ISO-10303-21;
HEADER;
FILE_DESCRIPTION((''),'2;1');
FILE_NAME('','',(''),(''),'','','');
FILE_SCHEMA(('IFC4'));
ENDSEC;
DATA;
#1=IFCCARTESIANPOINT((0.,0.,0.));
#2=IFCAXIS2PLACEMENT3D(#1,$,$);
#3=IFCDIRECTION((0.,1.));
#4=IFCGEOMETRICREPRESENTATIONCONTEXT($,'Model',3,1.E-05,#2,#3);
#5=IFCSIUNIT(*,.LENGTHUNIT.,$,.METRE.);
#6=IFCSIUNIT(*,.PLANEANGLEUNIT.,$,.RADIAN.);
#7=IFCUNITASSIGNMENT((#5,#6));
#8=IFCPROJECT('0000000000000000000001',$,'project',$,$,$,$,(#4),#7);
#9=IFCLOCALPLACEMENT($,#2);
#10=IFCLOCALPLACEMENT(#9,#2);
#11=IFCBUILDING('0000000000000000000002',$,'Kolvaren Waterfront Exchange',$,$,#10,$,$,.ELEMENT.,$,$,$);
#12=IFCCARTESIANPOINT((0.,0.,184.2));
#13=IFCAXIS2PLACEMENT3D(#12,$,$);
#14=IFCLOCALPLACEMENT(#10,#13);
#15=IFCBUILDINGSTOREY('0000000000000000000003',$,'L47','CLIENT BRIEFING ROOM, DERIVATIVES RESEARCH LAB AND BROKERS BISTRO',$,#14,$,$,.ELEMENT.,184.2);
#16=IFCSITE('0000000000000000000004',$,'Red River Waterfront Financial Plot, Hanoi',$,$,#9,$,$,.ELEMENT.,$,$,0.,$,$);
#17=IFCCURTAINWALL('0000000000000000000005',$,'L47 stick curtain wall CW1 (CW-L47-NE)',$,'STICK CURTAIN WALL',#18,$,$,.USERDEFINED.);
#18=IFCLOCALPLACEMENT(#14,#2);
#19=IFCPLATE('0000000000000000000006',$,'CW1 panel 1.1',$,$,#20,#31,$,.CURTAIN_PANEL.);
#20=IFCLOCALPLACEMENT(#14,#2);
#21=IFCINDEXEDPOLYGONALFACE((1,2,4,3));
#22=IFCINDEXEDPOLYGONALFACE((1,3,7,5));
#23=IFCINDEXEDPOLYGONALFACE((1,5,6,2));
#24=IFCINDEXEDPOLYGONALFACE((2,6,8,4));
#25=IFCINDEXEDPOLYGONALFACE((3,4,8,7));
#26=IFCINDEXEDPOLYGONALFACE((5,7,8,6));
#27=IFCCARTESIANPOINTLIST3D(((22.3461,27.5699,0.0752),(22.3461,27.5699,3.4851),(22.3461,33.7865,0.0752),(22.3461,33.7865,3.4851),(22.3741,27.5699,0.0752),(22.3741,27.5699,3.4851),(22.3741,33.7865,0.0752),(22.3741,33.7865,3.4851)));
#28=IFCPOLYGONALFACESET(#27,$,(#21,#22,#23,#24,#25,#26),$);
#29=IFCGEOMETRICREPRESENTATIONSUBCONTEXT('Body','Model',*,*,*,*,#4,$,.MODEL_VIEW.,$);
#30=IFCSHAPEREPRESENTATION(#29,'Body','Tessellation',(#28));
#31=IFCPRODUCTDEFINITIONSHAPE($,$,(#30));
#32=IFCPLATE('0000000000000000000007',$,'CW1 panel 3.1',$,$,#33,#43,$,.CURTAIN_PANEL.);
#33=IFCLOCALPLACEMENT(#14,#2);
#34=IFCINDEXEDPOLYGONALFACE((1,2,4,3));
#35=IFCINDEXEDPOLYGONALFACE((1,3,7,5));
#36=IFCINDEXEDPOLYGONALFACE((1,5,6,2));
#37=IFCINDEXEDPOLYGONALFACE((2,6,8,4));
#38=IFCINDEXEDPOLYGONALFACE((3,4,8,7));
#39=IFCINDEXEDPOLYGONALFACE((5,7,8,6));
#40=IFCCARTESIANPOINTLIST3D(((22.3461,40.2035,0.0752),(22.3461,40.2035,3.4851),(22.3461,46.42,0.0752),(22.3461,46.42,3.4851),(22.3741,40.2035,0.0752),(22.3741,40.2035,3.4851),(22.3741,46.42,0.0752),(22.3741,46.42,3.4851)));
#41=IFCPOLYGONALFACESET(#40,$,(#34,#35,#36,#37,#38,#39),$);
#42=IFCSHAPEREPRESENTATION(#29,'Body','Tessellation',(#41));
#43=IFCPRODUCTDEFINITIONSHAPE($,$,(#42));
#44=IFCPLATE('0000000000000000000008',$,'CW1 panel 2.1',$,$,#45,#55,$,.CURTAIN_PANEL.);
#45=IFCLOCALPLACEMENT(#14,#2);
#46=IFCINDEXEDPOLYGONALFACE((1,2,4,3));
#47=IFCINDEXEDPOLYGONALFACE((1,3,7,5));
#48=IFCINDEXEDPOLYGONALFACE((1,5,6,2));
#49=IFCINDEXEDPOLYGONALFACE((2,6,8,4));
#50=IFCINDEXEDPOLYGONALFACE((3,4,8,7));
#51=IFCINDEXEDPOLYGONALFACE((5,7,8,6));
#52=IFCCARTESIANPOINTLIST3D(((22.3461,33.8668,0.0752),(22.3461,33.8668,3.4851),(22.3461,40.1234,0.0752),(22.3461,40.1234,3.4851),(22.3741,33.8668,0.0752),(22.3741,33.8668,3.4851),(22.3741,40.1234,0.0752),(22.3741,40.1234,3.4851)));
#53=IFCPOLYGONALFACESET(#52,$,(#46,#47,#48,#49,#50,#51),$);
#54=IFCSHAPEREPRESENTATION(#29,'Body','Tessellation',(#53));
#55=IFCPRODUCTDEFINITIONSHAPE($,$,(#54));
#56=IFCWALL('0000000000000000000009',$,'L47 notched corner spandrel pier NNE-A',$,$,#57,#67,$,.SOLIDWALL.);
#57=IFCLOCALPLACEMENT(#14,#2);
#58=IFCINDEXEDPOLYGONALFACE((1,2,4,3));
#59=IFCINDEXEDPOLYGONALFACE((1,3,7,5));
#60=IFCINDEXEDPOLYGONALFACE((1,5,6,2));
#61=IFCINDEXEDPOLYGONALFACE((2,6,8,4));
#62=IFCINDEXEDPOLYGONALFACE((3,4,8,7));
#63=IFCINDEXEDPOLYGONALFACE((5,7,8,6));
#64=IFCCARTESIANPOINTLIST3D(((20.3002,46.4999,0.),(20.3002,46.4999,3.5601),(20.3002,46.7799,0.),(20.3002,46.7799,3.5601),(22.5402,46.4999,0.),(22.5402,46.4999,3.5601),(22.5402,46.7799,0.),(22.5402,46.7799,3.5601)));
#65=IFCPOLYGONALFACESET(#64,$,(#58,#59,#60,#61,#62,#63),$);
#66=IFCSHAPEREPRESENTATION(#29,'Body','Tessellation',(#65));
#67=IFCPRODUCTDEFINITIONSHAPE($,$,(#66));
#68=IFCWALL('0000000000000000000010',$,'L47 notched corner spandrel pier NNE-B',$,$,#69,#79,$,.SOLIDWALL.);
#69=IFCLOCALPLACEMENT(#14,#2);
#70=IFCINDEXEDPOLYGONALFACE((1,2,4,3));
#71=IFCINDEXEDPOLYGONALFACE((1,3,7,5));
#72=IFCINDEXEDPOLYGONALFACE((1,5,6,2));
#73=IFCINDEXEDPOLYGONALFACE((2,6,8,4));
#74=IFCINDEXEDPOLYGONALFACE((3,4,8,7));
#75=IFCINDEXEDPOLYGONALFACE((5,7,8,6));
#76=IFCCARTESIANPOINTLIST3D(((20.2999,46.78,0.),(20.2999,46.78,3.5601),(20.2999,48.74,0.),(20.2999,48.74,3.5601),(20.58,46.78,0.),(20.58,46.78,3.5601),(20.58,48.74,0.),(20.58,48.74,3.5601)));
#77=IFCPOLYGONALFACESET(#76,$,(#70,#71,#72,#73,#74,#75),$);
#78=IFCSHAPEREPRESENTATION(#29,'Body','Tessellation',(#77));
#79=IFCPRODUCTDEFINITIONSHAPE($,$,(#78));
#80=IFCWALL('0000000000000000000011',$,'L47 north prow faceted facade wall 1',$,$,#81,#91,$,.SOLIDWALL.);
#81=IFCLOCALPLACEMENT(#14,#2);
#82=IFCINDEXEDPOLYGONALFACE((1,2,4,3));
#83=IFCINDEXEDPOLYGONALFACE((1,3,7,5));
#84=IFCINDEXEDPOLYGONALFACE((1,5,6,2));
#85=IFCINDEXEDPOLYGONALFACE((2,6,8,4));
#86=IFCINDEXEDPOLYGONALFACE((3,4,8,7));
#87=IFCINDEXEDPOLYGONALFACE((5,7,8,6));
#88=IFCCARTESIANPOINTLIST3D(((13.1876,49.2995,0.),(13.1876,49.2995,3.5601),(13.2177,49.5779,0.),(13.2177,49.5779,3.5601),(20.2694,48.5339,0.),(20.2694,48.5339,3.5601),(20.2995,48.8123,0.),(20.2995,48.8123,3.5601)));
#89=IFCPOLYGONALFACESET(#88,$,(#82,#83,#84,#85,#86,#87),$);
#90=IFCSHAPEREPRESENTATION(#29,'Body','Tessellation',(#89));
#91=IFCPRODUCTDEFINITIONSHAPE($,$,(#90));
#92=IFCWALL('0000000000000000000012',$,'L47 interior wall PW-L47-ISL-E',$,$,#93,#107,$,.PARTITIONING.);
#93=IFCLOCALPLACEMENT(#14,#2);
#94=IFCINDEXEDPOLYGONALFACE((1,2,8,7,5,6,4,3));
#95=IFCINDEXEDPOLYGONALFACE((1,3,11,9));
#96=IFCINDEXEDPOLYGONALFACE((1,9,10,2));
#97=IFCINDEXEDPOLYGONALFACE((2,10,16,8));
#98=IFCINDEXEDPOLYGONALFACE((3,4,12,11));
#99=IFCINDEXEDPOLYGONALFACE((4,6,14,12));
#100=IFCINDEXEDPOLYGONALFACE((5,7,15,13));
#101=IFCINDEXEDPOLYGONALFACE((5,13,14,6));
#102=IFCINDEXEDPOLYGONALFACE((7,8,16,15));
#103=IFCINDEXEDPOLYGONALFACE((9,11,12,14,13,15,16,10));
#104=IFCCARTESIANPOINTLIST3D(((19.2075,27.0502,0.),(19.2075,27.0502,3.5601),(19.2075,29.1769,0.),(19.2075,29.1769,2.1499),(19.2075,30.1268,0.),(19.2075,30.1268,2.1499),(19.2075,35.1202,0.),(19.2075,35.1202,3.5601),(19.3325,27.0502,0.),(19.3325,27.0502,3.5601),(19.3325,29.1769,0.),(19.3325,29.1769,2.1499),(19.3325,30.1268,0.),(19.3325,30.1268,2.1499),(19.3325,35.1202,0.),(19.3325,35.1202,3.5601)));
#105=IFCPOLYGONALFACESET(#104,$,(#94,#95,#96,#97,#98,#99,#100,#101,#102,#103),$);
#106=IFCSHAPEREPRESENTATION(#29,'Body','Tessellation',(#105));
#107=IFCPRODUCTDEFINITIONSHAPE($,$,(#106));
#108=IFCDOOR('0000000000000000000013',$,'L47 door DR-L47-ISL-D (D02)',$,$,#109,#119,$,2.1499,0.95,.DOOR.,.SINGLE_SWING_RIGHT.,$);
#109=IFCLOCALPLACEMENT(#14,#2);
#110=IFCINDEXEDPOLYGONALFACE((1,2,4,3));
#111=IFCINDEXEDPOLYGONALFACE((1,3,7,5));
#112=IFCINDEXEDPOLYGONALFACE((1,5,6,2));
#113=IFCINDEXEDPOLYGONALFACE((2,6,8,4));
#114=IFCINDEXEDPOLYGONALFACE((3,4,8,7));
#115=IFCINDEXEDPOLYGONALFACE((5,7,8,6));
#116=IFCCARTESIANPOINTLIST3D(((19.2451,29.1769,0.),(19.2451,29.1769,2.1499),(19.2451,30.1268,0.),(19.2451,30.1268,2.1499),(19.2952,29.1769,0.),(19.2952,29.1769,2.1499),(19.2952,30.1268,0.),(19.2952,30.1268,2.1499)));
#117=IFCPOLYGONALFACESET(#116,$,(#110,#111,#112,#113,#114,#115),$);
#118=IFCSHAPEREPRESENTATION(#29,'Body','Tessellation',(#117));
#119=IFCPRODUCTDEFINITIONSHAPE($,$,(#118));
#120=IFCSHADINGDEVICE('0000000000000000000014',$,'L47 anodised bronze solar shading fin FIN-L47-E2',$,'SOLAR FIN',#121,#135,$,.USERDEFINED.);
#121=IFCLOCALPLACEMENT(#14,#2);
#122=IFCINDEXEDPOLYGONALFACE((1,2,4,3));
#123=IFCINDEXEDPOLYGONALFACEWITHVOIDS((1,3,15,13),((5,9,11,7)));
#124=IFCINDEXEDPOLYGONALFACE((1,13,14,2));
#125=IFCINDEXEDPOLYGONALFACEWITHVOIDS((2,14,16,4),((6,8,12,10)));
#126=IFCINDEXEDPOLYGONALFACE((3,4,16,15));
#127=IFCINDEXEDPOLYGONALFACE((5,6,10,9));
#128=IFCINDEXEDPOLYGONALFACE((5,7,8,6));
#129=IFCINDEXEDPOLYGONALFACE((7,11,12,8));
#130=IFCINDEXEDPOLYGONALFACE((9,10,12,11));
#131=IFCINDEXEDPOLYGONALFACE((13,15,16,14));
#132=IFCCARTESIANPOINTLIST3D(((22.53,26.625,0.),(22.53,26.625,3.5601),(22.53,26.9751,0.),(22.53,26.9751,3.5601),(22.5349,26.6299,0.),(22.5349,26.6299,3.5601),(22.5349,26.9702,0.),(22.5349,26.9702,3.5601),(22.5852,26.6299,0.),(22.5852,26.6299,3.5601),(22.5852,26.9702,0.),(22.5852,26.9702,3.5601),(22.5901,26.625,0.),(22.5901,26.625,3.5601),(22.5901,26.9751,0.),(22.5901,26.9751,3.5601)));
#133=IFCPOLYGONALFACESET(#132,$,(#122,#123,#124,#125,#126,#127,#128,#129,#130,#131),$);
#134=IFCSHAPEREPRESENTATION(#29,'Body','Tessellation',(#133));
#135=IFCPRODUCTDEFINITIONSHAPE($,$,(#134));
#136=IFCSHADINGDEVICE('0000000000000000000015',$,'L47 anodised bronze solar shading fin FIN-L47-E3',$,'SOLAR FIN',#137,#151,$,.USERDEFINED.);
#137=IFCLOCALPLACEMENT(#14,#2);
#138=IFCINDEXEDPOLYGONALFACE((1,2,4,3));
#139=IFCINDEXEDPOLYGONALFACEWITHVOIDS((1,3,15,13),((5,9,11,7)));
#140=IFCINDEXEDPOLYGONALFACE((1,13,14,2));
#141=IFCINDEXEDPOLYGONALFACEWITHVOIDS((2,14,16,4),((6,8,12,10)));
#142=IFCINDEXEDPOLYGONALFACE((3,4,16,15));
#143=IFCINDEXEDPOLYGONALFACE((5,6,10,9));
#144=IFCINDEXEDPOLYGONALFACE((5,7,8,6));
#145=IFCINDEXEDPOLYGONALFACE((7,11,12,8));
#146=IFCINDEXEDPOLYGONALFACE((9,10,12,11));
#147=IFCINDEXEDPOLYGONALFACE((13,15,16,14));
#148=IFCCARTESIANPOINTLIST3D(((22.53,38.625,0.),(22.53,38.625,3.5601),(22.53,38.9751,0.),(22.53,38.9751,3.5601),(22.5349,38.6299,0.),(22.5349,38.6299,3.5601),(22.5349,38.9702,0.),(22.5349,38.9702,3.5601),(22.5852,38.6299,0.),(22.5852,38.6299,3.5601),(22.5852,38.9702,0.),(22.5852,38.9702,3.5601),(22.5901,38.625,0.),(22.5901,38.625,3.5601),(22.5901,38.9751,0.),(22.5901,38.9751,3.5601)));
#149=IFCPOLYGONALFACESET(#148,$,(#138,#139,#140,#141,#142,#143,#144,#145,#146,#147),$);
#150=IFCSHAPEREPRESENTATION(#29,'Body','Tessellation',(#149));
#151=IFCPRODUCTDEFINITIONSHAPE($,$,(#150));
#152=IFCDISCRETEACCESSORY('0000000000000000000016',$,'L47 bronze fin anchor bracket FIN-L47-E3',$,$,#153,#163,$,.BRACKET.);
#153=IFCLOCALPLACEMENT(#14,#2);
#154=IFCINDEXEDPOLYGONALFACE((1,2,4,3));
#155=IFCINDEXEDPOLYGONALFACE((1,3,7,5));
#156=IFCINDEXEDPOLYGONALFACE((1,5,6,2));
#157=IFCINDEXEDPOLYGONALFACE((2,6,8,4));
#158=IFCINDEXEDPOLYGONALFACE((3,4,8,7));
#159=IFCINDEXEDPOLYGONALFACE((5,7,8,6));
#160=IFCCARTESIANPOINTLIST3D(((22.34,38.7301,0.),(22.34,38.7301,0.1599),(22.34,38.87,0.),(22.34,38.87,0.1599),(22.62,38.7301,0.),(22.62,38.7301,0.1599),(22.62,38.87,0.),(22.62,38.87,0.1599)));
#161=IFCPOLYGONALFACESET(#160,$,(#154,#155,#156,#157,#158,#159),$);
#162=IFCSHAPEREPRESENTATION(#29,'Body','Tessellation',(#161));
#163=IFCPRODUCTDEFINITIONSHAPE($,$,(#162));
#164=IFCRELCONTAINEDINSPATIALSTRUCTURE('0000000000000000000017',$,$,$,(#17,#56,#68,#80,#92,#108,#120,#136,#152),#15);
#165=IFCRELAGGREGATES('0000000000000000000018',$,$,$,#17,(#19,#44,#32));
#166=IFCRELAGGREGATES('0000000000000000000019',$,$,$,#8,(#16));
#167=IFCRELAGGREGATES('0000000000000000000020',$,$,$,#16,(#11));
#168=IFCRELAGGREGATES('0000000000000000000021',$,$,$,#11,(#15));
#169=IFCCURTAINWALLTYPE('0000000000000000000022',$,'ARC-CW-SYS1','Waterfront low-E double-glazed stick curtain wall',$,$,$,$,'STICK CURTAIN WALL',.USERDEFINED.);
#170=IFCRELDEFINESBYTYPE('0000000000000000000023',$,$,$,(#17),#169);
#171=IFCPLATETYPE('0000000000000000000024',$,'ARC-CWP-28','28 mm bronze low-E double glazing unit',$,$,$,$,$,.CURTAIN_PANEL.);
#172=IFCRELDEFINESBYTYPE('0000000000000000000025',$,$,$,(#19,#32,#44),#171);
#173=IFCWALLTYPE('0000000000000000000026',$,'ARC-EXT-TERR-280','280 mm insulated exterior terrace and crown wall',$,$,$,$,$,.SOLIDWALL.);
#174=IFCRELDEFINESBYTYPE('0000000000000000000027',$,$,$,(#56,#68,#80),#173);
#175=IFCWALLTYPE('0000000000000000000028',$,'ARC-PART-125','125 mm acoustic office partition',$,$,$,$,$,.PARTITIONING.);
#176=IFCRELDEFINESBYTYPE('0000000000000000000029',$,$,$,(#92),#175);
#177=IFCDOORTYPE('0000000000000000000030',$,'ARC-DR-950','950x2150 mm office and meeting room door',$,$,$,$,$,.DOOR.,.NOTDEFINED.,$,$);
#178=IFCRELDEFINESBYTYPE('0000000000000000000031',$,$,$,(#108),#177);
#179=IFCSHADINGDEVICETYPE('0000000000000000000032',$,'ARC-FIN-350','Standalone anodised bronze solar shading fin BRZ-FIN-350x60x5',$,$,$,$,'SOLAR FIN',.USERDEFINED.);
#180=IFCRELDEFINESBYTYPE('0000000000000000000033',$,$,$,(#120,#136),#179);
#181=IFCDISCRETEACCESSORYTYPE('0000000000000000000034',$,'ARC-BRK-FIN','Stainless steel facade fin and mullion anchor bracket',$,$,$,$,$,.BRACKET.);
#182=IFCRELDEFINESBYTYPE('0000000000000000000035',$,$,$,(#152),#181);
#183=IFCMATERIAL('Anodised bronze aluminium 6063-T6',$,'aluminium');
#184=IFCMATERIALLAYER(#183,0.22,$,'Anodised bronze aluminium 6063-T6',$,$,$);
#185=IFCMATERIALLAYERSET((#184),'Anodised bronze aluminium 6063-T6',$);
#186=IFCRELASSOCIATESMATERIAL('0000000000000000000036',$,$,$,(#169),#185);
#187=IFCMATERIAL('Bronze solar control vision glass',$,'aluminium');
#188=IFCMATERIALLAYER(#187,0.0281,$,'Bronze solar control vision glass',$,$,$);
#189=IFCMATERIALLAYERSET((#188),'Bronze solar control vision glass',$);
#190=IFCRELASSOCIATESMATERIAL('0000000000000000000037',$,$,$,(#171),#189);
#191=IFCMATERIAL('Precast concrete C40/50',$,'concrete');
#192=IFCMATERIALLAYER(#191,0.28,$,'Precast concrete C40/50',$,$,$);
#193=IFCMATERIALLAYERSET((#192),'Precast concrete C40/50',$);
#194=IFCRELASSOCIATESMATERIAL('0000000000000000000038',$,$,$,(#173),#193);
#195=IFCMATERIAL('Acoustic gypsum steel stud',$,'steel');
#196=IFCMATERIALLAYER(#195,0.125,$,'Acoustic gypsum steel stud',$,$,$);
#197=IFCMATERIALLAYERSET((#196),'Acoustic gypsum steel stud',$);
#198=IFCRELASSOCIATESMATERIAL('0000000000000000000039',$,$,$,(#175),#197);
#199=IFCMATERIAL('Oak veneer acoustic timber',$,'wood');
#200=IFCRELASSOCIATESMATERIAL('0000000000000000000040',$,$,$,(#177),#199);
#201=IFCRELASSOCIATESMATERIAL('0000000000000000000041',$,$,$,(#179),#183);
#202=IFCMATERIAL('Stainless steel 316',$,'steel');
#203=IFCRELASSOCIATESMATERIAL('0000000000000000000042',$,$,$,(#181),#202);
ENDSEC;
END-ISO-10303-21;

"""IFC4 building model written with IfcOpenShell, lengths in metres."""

from ifc_helpers import new_model, si_unit, direction, frame, frame_2d, origin, origin_with_axes, origin_2d, place, context, subcontext, project, spatial, rectangle, hollow_rectangle, extrude, source, transform, mapped, material, layer, layer_set, material_profile, profile_set, type_object, element, fill, aggregate, save


model = new_model("IFC4")

# Units and contexts
model_context = context("Model", 3, precision=1e-05, world=origin(), true_north=direction((0.0, 1.0)))
body_context = subcontext(model_context, "Body", "Model", "MODEL_VIEW")
ifc_project = project(units=[si_unit("LENGTHUNIT", "METRE"), si_unit("PLANEANGLEUNIT", "RADIAN")], contexts=[model_context])

# Site, building, storey
site_placement = place(None, origin())
site = spatial("IfcSite", under=ifc_project, at=site_placement, Name="Red River Waterfront Financial Plot, Hanoi", CompositionType="ELEMENT", RefElevation=0.0)
building_placement = place(site_placement, origin())
building = spatial("IfcBuilding", under=site, at=building_placement, Name="Kolvaren Waterfront Exchange", CompositionType="ELEMENT")
storey_placement = place(building_placement, frame((0.0, 0.0, 184.2)))
storey = spatial("IfcBuildingStorey", under=building, at=storey_placement, Name="L47", Description="CLIENT BRIEFING ROOM, DERIVATIVES RESEARCH LAB AND BROKERS BISTRO", CompositionType="ELEMENT", Elevation=184.2)

# Curtain wall, plates
ifc_material_1 = material(Name="Anodised bronze aluminium 6063-T6", Category="aluminium")
ifc_layer_1 = layer(ifc_material_1, 0.22, Name="Anodised bronze aluminium 6063-T6")
ifc_layer_set_1 = layer_set([ifc_layer_1], Name="Anodised bronze aluminium 6063-T6")
curtain_wall_type = type_object("IfcCurtainWallType", Name="ARC-CW-SYS1", Description="Waterfront low-E double-glazed stick curtain wall", ElementType="STICK CURTAIN WALL", PredefinedType="USERDEFINED", material=ifc_layer_set_1)
curtain_wall_placement = place(storey_placement, origin())
curtain_wall = element("IfcCurtainWall", 1, at=curtain_wall_placement, inside=storey, type_object=curtain_wall_type, Name="L47 stick curtain wall CW1 (CW-L47-NE)", ObjectType="STICK CURTAIN WALL", PredefinedType="USERDEFINED")
ifc_material_2 = material(Name="Bronze solar control vision glass", Category="aluminium")
ifc_layer_2 = layer(ifc_material_2, 0.0281, Name="Bronze solar control vision glass")
ifc_layer_set_2 = layer_set([ifc_layer_2], Name="Bronze solar control vision glass")
plate_type = type_object("IfcPlateType", Name="ARC-CWP-28", Description="28 mm bronze low-E double glazing unit", PredefinedType="CURTAIN_PANEL", material=ifc_layer_set_2)
shared_shape_1 = source(origin_with_axes(), body_context, "Body", "SweptSolid", [
    extrude(rectangle(XDim=6.2166, YDim=0.0281, at=origin_2d()), origin(), (0.0, 0.0, 1.0), 3.4099),
])
plate_1_placement = place(storey_placement, frame((22.3601, 30.6782, 0.0752), z_axis=(0.0, 0.0, 1.0), x_axis=(0.0, 1.0, 0.0)))
plate_1 = element("IfcPlate", 2, at=plate_1_placement, type_object=plate_type, Name="CW1 panel 1.1", PredefinedType="CURTAIN_PANEL", context=body_context, shape_type="MappedRepresentation", body=[
    mapped(shared_shape_1, transform((0.0, 0.0, 0.0), x_axis=(1.0, 0.0, 0.0), y_axis=(0.0, 1.0, 0.0), z_axis=(0.0, 0.0, 1.0), scale=1.0)),
])
plate_2_placement = place(storey_placement, frame((22.3601, 43.3118, 0.0752), z_axis=(0.0, 0.0, 1.0), x_axis=(0.0, 1.0, 0.0)))
plate_2 = element("IfcPlate", 3, at=plate_2_placement, type_object=plate_type, Name="CW1 panel 3.1", PredefinedType="CURTAIN_PANEL", context=body_context, shape_type="MappedRepresentation", body=[
    mapped(shared_shape_1, transform((0.0, 0.0, 0.0), x_axis=(1.0, 0.0, 0.0), y_axis=(0.0, 1.0, 0.0), z_axis=(0.0, 0.0, 1.0), scale=1.0)),
])
shared_shape_2 = source(origin_with_axes(), body_context, "Body", "SweptSolid", [
    extrude(rectangle(XDim=6.2566, YDim=0.0281, at=origin_2d()), origin(), (0.0, 0.0, 1.0), 3.4099),
])
plate_3_placement = place(storey_placement, frame((22.3601, 36.9951, 0.0752), z_axis=(0.0, 0.0, 1.0), x_axis=(0.0, 1.0, 0.0)))
plate_3 = element("IfcPlate", 4, at=plate_3_placement, type_object=plate_type, Name="CW1 panel 2.1", PredefinedType="CURTAIN_PANEL", context=body_context, shape_type="MappedRepresentation", body=[
    mapped(shared_shape_2, transform((0.0, 0.0, 0.0), x_axis=(1.0, 0.0, 0.0), y_axis=(0.0, 1.0, 0.0), z_axis=(0.0, 0.0, 1.0), scale=1.0)),
])
aggregate(curtain_wall, [plate_1, plate_3, plate_2])

# Walls
ifc_material_3 = material(Name="Precast concrete C40/50", Category="concrete")
ifc_layer_3 = layer(ifc_material_3, 0.28, Name="Precast concrete C40/50")
ifc_layer_set_3 = layer_set([ifc_layer_3], Name="Precast concrete C40/50")
wall_type_1 = type_object("IfcWallType", Name="ARC-EXT-TERR-280", Description="280 mm insulated exterior terrace and crown wall", PredefinedType="SOLIDWALL", material=ifc_layer_set_3)
wall_1_placement = place(storey_placement, frame((20.3, 46.6399, 0.0), z_axis=(0.0, 0.0, 1.0), x_axis=(1.0, 0.0, 0.0)))
element("IfcWall", 5, at=wall_1_placement, inside=storey, type_object=wall_type_1, Name="L47 notched corner spandrel pier NNE-A", PredefinedType="SOLIDWALL", context=body_context, shape_type="SweptSolid", body=[
    extrude(rectangle(XDim=2.24, YDim=0.28, at=frame_2d((1.1201, 0.0))), origin(), (0.0, 0.0, 1.0), 3.5601),
])
wall_2_placement = place(storey_placement, frame((20.4399, 46.78, 0.0), z_axis=(0.0, 0.0, 1.0), x_axis=(0.0, 1.0, 0.0)))
element("IfcWall", 6, at=wall_2_placement, inside=storey, type_object=wall_type_1, Name="L47 notched corner spandrel pier NNE-B", PredefinedType="SOLIDWALL", context=body_context, shape_type="SweptSolid", body=[
    extrude(rectangle(XDim=1.96, YDim=0.28, at=frame_2d((0.98, 0.0))), origin(), (0.0, 0.0, 1.0), 3.5601),
])
wall_3_placement = place(storey_placement, frame((20.2844, 48.6731, 0.0), z_axis=(0.0, 0.0, 1.0), x_axis=(-0.994207, 0.107486, 0.0)))
element("IfcWall", 7, at=wall_3_placement, inside=storey, type_object=wall_type_1, Name="L47 north prow faceted facade wall 1", PredefinedType="SOLIDWALL", context=body_context, shape_type="SweptSolid", body=[
    extrude(rectangle(XDim=7.123, YDim=0.28, at=frame_2d((3.5615, 0.0))), origin(), (0.0, 0.0, 1.0), 3.5601),
])

# Wall, opening, door
ifc_material_4 = material(Name="Acoustic gypsum steel stud", Category="steel")
ifc_layer_4 = layer(ifc_material_4, 0.125, Name="Acoustic gypsum steel stud")
ifc_layer_set_4 = layer_set([ifc_layer_4], Name="Acoustic gypsum steel stud")
wall_type_2 = type_object("IfcWallType", Name="ARC-PART-125", Description="125 mm acoustic office partition", PredefinedType="PARTITIONING", material=ifc_layer_set_4)
wall_4_placement = place(storey_placement, frame((19.27, 27.05, 0.0), z_axis=(0.0, 0.0, 1.0), x_axis=(0.0, 1.0, 0.0)))
wall_4 = element("IfcWall", 8, at=wall_4_placement, inside=storey, type_object=wall_type_2, Name="L47 interior wall PW-L47-ISL-E", PredefinedType="PARTITIONING", context=body_context, shape_type="SweptSolid", body=[
    extrude(rectangle(XDim=8.0701, YDim=0.125, at=frame_2d((4.0352, 0.0))), origin(), (0.0, 0.0, 1.0), 3.5601),
])
opening_placement = place(wall_4_placement, frame((2.1267, 0.0, 0.0)))
opening = element("IfcOpeningElement", 9, at=opening_placement, cuts=wall_4, PredefinedType="OPENING", context=body_context, shape_type="SweptSolid", body=[
    extrude(rectangle(XDim=0.95, YDim=2.1499, at=frame_2d((0.4751, 1.075))), frame((0.0, 0.0725, 0.0), z_axis=(0.0, -1.0, 0.0), x_axis=(1.0, 0.0, 0.0)), (0.0, 0.0, 1.0), 0.145),
])
ifc_material_5 = material(Name="Oak veneer acoustic timber", Category="wood")
door_type = type_object("IfcDoorType", Name="ARC-DR-950", Description="950x2150 mm office and meeting room door", OperationType="NOTDEFINED", PredefinedType="DOOR", material=ifc_material_5)
door_placement = place(opening_placement, origin())
door = element("IfcDoor", 10, at=door_placement, inside=storey, type_object=door_type, Name="L47 door DR-L47-ISL-D (D02)", OperationType="SINGLE_SWING_RIGHT", OverallHeight=2.1499, OverallWidth=0.95, PredefinedType="DOOR", context=body_context, shape_type="SweptSolid", body=[
    extrude(rectangle(XDim=0.95, YDim=2.1499, at=frame_2d((0.4751, 1.075))), frame((0.0, 0.0249, 0.0), z_axis=(0.0, -1.0, 0.0), x_axis=(1.0, 0.0, 0.0)), (0.0, 0.0, 1.0), 0.05),
])
fill(opening, door)

# Shading devices
ifc_material_profile_1 = material_profile(ifc_material_1, hollow_rectangle(XDim=0.0601, YDim=0.3501, WallThickness=0.0049, at=origin_2d()), Name="BRZ-FIN-350x60x5")
ifc_profile_set_1 = profile_set([ifc_material_profile_1], Name="Anodised bronze aluminium 6063-T6")
shading_device_type = type_object("IfcShadingDeviceType", Name="ARC-FIN-350", Description="Standalone anodised bronze solar shading fin BRZ-FIN-350x60x5", ElementType="SOLAR FIN", PredefinedType="USERDEFINED", material=ifc_profile_set_1)
for number, where, z_axis, x_axis, name in (
    (11, (22.5601, 26.8, 0.0), (0.0, 0.0, 1.0), (1.0, 0.0, 0.0), "L47 anodised bronze solar shading fin FIN-L47-E2"),
    (12, (22.5601, 38.8, 0.0), (0.0, 0.0, 1.0), (1.0, 0.0, 0.0), "L47 anodised bronze solar shading fin FIN-L47-E3"),
):
    element("IfcShadingDevice", number, at=place(storey_placement, frame(where, z_axis=z_axis, x_axis=x_axis)), inside=storey, type_object=shading_device_type, Name=name, ObjectType="SOLAR FIN", PredefinedType="USERDEFINED", context=body_context, shape_type="SweptSolid", body=[
        extrude(hollow_rectangle(XDim=0.0601, YDim=0.3501, WallThickness=0.0049, at=origin_2d()), origin(), (0.0, 0.0, 1.0), 3.5601),
    ])

# Discrete accessory
ifc_material_6 = material(Name="Stainless steel 316", Category="steel")
discrete_accessory_type = type_object("IfcDiscreteAccessoryType", Name="ARC-BRK-FIN", Description="Stainless steel facade fin and mullion anchor bracket", PredefinedType="BRACKET", material=ifc_material_6)
shared_shape_3 = source(origin_with_axes(), body_context, "Body", "SweptSolid", [
    extrude(rectangle(XDim=0.28, YDim=0.1399, at=origin_2d()), origin(), (0.0, 0.0, 1.0), 0.1599),
])
discrete_accessory_placement = place(storey_placement, frame((22.48, 38.8, 0.0), z_axis=(0.0, 0.0, 1.0), x_axis=(1.0, 0.0, 0.0)))
element("IfcDiscreteAccessory", 13, at=discrete_accessory_placement, inside=storey, type_object=discrete_accessory_type, Name="L47 bronze fin anchor bracket FIN-L47-E3", PredefinedType="BRACKET", context=body_context, shape_type="MappedRepresentation", body=[
    mapped(shared_shape_3, transform((0.0, 0.0, 0.0), x_axis=(1.0, 0.0, 0.0), y_axis=(0.0, 1.0, 0.0), z_axis=(0.0, 0.0, 1.0), scale=1.0)),
])

save(model, "model.ifc")
